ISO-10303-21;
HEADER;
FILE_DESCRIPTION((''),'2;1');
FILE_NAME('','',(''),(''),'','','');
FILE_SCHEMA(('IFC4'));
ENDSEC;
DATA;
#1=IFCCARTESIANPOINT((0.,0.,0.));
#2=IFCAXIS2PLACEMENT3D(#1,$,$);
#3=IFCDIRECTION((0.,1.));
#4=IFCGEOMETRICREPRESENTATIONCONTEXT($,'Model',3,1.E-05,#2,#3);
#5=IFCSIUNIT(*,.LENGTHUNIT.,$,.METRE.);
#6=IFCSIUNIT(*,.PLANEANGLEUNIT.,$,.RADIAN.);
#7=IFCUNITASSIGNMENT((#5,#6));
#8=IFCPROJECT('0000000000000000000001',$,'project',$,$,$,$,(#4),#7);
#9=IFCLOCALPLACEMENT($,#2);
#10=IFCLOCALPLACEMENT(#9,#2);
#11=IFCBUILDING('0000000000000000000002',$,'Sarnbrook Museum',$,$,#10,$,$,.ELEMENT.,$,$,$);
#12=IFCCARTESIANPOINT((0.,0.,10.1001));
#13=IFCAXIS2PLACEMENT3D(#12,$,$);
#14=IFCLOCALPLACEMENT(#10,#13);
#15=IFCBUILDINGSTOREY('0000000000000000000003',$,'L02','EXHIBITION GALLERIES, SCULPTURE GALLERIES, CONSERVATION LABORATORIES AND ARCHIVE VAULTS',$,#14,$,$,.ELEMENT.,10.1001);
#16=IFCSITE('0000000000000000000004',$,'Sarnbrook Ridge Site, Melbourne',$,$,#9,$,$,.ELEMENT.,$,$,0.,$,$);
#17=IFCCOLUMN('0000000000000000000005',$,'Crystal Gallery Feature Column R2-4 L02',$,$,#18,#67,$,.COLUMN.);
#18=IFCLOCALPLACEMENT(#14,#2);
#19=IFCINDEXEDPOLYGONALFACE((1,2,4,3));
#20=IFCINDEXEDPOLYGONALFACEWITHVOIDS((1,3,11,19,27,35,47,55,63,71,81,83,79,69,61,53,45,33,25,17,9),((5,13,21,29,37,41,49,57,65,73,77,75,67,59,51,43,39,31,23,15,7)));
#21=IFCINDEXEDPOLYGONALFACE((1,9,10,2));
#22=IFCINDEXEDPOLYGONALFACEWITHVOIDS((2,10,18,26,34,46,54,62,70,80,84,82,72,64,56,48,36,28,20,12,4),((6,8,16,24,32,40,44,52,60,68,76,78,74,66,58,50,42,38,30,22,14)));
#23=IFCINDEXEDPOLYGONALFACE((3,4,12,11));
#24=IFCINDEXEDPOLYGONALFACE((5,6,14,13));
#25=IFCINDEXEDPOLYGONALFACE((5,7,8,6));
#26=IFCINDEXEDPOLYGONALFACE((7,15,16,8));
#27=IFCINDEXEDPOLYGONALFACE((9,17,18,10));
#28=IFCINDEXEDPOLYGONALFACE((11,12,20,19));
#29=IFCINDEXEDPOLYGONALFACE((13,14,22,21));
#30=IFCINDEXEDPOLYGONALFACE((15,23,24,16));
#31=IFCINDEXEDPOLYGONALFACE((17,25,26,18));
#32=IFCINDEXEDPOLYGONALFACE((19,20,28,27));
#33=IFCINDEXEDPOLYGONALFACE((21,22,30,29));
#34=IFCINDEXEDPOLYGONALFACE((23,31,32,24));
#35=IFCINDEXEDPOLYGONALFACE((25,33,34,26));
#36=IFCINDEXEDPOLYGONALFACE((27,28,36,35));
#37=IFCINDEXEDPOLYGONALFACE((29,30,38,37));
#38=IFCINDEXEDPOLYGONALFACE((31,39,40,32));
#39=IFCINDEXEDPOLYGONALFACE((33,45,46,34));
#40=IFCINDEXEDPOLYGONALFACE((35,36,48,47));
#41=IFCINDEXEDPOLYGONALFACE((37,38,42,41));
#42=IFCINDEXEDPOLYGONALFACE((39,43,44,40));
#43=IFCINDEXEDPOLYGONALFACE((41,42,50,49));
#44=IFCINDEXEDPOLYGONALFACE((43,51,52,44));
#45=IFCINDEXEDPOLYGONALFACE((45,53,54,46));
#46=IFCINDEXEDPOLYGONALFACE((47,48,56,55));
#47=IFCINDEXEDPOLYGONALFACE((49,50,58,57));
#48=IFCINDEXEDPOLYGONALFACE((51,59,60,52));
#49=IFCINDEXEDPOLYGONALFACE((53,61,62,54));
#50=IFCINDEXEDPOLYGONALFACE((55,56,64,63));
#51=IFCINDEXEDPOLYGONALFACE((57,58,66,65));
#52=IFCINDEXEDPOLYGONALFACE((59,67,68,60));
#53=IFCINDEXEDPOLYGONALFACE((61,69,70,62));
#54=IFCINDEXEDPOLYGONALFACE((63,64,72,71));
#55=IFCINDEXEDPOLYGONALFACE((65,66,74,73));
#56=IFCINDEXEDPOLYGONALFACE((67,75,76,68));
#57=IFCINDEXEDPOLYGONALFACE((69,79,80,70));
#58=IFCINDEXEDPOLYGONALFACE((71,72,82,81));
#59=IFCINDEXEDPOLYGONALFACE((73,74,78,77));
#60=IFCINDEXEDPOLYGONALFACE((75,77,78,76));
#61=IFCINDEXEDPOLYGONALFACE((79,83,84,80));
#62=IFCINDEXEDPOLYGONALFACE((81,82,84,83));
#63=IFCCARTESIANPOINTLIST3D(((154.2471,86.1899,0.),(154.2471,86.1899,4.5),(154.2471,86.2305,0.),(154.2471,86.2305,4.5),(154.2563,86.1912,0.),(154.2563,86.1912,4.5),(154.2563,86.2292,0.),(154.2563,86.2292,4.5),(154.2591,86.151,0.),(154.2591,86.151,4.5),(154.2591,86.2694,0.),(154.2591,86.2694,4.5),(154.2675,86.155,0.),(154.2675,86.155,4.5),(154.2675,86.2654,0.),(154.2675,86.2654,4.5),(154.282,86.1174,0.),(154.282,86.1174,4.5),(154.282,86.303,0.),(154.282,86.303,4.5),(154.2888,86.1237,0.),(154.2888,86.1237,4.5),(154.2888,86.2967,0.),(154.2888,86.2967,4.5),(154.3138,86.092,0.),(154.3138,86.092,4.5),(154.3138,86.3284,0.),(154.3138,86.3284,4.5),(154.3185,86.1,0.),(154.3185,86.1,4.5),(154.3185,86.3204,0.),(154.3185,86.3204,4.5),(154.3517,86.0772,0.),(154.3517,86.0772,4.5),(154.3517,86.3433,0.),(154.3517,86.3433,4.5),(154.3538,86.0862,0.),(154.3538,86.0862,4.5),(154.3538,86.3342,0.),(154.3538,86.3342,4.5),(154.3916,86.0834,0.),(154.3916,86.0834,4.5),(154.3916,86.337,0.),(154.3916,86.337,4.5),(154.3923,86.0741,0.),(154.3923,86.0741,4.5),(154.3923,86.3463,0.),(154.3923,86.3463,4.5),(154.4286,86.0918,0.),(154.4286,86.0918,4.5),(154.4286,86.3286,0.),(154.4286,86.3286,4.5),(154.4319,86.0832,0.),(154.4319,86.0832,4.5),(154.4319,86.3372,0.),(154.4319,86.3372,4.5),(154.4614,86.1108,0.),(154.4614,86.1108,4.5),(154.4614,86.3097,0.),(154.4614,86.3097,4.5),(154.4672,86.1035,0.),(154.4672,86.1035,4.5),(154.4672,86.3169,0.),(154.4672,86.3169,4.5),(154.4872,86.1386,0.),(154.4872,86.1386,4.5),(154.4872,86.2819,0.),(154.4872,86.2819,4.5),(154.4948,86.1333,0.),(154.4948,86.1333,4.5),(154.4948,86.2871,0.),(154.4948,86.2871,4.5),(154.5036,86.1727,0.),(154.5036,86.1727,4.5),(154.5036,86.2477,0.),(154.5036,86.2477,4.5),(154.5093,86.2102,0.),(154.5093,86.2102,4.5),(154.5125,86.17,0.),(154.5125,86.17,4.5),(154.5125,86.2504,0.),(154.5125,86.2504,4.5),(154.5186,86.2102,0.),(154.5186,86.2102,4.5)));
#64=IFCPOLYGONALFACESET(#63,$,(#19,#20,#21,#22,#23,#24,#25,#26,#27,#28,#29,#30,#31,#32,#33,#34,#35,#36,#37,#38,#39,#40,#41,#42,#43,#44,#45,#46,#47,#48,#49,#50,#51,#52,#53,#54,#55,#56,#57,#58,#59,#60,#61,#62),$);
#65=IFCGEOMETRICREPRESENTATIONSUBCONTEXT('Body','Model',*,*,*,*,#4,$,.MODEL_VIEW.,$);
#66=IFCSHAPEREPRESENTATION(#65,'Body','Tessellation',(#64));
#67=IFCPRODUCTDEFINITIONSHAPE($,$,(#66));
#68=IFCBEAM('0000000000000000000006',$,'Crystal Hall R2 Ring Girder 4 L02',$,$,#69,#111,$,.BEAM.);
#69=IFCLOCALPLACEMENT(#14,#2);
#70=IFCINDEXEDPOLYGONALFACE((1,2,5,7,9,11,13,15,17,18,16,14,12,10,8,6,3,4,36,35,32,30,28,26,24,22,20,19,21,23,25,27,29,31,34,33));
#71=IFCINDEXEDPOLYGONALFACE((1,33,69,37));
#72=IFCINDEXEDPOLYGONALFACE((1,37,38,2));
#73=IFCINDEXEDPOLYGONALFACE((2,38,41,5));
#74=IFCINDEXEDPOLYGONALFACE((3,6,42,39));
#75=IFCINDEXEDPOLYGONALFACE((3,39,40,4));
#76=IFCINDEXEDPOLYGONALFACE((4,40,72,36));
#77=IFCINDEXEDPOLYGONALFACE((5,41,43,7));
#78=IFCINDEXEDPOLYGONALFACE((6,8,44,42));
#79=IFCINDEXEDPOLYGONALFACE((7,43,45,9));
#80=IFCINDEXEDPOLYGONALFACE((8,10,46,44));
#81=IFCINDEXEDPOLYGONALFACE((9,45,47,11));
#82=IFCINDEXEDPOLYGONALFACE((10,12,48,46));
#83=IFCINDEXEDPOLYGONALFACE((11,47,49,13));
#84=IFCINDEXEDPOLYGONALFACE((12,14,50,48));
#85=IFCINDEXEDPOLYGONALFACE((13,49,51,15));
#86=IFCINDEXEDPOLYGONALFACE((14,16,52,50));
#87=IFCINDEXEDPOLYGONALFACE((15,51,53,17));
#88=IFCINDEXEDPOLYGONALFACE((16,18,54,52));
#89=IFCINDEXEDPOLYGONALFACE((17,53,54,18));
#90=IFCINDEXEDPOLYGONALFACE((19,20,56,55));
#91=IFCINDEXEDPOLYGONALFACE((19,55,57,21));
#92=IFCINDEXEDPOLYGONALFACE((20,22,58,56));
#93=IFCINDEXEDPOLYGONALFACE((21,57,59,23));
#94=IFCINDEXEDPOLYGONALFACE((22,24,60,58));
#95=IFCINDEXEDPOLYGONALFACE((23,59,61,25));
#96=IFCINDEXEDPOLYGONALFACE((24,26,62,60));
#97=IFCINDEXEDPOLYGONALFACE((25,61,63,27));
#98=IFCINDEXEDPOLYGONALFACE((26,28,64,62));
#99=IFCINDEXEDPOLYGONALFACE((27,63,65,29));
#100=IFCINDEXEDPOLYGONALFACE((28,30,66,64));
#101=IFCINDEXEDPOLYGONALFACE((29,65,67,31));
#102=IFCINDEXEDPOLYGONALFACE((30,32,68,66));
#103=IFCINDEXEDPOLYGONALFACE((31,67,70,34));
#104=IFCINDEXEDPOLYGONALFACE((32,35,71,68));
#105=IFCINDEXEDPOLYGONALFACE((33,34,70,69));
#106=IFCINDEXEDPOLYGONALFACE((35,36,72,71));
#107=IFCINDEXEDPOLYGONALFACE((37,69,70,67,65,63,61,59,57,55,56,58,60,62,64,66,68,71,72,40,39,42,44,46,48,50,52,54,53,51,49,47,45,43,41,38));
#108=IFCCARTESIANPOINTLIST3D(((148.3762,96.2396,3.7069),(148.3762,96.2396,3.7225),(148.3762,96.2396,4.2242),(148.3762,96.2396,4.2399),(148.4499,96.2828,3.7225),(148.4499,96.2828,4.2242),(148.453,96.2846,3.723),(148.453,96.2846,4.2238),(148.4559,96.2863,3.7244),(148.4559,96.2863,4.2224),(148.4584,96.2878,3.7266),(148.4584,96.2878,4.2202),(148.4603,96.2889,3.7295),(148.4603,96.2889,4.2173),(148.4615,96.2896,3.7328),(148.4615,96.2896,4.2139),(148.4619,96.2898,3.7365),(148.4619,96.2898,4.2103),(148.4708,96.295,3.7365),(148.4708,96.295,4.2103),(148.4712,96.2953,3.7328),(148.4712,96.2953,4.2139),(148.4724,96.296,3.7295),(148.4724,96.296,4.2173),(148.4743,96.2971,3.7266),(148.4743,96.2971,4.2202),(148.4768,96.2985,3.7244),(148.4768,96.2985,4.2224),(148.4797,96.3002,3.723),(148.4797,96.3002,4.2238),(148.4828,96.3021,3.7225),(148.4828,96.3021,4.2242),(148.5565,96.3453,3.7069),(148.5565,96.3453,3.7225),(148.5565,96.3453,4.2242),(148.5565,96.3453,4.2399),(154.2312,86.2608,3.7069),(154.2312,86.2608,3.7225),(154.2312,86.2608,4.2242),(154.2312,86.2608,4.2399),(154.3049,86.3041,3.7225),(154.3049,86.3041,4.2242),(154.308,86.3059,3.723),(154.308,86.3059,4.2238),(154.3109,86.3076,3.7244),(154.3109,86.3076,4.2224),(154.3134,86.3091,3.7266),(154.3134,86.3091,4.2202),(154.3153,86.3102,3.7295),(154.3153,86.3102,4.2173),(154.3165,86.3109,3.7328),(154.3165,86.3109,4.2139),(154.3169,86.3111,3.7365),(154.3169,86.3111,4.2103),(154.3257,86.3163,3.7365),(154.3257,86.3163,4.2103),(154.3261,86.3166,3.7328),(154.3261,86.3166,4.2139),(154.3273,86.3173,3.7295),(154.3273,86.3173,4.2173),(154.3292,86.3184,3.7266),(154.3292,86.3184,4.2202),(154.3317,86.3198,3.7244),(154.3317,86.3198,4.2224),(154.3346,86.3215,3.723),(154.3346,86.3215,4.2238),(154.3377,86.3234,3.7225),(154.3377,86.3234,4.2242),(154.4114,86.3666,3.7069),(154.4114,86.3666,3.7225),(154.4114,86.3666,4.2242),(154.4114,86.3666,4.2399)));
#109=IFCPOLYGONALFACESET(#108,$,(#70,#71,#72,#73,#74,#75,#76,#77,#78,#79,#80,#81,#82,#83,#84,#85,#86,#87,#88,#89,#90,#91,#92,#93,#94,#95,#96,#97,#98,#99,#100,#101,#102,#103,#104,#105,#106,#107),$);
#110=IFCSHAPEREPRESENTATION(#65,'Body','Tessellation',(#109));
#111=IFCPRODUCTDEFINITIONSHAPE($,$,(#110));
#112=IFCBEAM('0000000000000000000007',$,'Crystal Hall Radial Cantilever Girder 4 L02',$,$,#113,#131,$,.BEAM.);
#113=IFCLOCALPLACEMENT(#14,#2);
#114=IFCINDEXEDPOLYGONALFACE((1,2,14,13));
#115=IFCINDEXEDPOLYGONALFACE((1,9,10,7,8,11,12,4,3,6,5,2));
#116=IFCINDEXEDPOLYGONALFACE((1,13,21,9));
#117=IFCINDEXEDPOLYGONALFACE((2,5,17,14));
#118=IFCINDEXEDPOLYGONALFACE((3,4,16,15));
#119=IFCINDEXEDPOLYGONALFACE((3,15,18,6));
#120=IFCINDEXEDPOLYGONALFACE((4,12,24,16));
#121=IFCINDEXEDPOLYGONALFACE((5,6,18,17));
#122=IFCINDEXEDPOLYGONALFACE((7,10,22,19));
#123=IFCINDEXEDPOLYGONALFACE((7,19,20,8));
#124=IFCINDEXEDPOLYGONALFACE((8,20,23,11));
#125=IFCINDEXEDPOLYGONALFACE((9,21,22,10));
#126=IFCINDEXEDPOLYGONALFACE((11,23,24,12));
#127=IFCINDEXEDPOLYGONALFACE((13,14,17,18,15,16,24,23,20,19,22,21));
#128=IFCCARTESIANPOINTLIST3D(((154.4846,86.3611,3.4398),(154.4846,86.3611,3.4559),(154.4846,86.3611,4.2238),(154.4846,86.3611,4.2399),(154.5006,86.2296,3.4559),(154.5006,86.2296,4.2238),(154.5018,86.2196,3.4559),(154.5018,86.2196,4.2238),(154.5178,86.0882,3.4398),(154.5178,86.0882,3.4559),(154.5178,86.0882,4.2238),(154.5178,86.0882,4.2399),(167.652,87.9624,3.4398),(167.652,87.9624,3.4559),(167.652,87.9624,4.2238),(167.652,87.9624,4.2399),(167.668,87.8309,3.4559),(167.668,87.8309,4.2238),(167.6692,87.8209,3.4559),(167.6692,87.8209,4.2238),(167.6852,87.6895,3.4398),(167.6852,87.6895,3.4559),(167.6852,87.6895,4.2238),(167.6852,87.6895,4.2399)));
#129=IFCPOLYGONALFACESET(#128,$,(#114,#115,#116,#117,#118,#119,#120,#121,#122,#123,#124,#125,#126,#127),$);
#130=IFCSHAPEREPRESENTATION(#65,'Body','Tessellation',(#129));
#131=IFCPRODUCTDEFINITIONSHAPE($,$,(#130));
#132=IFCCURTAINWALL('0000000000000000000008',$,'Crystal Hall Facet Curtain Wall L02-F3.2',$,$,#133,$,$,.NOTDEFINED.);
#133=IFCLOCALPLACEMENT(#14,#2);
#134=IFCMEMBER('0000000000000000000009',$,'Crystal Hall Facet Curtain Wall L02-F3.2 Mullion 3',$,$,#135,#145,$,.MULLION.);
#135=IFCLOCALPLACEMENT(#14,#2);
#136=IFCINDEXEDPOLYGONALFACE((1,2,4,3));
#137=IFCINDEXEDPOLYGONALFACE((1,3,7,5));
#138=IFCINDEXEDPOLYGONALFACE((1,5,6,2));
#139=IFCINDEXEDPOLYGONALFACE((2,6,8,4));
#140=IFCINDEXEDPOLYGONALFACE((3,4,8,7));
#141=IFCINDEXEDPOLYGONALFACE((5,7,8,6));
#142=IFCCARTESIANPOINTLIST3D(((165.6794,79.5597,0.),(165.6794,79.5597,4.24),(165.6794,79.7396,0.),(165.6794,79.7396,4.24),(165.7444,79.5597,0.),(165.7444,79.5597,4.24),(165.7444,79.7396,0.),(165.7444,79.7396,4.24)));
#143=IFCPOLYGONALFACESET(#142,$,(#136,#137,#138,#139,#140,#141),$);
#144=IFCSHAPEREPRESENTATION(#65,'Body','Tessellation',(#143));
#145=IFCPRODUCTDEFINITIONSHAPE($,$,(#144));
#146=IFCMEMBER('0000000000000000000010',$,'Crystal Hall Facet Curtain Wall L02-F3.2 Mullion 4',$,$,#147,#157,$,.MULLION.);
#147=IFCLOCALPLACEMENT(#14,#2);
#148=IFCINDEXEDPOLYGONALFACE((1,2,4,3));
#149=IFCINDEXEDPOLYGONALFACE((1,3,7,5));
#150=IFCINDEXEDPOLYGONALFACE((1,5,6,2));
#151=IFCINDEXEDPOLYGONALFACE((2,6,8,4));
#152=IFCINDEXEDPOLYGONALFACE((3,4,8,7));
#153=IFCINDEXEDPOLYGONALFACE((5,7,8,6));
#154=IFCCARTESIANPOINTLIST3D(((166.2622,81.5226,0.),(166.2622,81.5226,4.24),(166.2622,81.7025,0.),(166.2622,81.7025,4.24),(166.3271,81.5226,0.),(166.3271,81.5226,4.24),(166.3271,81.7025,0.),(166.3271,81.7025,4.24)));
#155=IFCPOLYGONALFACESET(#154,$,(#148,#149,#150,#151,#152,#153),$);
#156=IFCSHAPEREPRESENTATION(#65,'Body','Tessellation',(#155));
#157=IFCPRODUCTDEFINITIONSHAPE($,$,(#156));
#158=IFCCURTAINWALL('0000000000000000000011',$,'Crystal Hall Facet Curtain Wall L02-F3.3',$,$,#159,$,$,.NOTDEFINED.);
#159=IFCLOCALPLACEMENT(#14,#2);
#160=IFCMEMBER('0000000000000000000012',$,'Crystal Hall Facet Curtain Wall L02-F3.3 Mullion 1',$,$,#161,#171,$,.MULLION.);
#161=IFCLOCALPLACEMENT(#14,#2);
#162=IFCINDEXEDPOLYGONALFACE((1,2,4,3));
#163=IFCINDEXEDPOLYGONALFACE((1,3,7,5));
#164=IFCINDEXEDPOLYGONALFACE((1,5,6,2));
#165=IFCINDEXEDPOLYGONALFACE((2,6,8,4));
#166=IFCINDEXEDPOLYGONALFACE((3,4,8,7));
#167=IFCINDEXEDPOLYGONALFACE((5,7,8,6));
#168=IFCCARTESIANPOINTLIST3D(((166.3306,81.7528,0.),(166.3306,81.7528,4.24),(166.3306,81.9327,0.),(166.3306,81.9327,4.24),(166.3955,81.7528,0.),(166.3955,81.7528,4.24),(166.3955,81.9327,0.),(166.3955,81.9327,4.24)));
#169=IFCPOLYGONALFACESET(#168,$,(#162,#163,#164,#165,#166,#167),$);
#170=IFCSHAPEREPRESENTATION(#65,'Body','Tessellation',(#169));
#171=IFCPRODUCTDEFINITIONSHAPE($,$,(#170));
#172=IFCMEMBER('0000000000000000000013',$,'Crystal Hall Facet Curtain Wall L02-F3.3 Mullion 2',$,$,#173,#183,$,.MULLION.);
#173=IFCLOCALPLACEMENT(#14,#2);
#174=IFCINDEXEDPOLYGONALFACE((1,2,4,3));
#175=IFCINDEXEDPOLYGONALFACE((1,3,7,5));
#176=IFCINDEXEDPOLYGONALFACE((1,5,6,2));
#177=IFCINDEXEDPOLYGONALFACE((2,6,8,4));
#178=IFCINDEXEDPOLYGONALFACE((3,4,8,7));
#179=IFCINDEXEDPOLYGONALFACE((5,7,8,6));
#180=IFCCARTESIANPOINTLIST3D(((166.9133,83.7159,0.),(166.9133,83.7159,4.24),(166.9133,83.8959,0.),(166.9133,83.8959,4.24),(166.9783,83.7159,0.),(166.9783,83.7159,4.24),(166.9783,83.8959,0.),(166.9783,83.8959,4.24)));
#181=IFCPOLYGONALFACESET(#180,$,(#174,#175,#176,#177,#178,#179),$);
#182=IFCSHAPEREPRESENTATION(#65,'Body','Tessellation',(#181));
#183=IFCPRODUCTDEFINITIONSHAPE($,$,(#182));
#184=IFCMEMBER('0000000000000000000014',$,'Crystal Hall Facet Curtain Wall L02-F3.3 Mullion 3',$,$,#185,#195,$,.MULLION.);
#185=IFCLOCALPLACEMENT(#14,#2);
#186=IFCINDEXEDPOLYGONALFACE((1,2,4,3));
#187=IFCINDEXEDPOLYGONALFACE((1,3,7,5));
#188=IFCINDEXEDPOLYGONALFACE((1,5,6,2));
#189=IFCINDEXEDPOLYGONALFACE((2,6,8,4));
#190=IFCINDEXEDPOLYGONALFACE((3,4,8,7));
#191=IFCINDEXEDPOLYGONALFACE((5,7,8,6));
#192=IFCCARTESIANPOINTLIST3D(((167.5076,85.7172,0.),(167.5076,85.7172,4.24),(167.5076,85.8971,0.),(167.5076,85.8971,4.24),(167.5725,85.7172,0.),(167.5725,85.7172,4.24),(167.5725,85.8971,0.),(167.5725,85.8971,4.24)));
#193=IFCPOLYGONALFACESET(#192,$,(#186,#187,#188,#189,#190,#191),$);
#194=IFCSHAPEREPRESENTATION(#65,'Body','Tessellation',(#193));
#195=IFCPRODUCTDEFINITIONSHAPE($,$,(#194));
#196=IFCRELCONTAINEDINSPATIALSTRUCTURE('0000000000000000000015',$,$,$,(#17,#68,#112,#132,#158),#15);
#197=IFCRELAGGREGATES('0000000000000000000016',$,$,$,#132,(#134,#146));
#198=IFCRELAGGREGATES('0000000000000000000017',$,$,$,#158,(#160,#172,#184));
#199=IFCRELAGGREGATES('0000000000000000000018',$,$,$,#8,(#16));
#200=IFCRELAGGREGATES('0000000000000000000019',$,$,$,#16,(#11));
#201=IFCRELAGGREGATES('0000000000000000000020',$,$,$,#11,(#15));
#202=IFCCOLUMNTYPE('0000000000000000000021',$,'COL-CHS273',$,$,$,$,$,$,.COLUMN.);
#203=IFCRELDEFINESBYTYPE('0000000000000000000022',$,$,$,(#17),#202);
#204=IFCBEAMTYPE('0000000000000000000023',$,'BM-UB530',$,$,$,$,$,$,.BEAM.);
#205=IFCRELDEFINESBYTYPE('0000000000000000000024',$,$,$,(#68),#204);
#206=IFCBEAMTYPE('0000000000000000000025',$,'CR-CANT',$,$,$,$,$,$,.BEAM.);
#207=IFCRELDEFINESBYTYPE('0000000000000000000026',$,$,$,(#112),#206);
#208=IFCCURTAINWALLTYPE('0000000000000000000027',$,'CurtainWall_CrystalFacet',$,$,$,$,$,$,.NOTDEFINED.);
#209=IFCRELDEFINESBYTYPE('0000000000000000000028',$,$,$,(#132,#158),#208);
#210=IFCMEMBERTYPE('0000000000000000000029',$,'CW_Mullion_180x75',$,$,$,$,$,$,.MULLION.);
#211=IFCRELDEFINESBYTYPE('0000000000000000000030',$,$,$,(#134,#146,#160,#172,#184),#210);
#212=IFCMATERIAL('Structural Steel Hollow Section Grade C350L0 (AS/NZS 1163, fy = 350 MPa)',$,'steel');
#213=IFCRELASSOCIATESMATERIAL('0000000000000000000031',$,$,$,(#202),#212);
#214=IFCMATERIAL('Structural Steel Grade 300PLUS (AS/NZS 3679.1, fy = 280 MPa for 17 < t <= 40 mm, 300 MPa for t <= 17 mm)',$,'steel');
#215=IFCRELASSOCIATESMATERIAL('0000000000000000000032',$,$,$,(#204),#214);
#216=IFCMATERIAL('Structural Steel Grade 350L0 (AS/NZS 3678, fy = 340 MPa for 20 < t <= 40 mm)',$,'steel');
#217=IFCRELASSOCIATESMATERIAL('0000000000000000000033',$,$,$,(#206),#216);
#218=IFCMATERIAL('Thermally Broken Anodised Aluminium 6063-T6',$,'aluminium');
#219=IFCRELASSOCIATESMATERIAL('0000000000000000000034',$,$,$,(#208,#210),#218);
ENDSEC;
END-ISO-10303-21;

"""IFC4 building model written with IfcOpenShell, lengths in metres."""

from ifc_helpers import new_model, si_unit, direction, frame, origin, origin_2d, place, context, subcontext, project, spatial, rectangle, hollow_circle, i_section, extrude, material, material_profile, profile_set, type_object, element, aggregate, save


model = new_model("IFC4")

# Units and contexts
model_context = context("Model", 3, precision=1e-05, world=origin(), true_north=direction((0.0, 1.0)))
body_context = subcontext(model_context, "Body", "Model", "MODEL_VIEW")
ifc_project = project(units=[si_unit("LENGTHUNIT", "METRE"), si_unit("PLANEANGLEUNIT", "RADIAN")], contexts=[model_context])

# Site, building, storey
site_placement = place(None, origin())
site = spatial("IfcSite", under=ifc_project, at=site_placement, Name="Sarnbrook Ridge Site, Melbourne", CompositionType="ELEMENT", RefElevation=0.0)
building_placement = place(site_placement, origin())
building = spatial("IfcBuilding", under=site, at=building_placement, Name="Sarnbrook Museum", CompositionType="ELEMENT")
storey_placement = place(building_placement, frame((0.0, 0.0, 10.1001)))
storey = spatial("IfcBuildingStorey", under=building, at=storey_placement, Name="L02", Description="EXHIBITION GALLERIES, SCULPTURE GALLERIES, CONSERVATION LABORATORIES AND ARCHIVE VAULTS", CompositionType="ELEMENT", Elevation=10.1001)

# Column
ifc_material_1 = material(Name="Structural Steel Hollow Section Grade C350L0 (AS/NZS 1163, fy = 350 MPa)", Category="steel")
ifc_material_profile_1 = material_profile(ifc_material_1, hollow_circle(Radius=0.1365, WallThickness=0.0093, at=origin_2d()), Name="273.1x9.3CHS")
ifc_profile_set_1 = profile_set([ifc_material_profile_1], Name="Structural Steel Hollow Section Grade C350L0 (AS/NZS 1163, fy = 350 MPa)")
column_type = type_object("IfcColumnType", Name="COL-CHS273", PredefinedType="COLUMN", material=ifc_profile_set_1)
column_placement = place(storey_placement, frame((154.3821, 86.2102, 0.0), z_axis=(0.0, 0.0, 1.0), x_axis=(1.0, 0.0, 0.0)))
element("IfcColumn", 1, at=column_placement, inside=storey, type_object=column_type, Name="Crystal Gallery Feature Column R2-4 L02", PredefinedType="COLUMN", context=body_context, shape_type="SweptSolid", body=[
    extrude(hollow_circle(Radius=0.1365, WallThickness=0.0093, at=origin_2d()), origin(), (0.0, 0.0, 1.0), 4.5),
])

# Beams
ifc_material_2 = material(Name="Structural Steel Grade 300PLUS (AS/NZS 3679.1, fy = 280 MPa for 17 < t <= 40 mm, 300 MPa for t <= 17 mm)", Category="steel")
ifc_material_profile_2 = material_profile(ifc_material_2, i_section(OverallWidth=0.209, OverallDepth=0.533, WebThickness=0.0103, FlangeThickness=0.0156, FilletRadius=0.0139, at=origin_2d()), Name="530UB92.4")
ifc_profile_set_2 = profile_set([ifc_material_profile_2], Name="Structural Steel Grade 300PLUS (AS/NZS 3679.1, fy = 280 MPa for 17 < t <= 40 mm, 300 MPa for t <= 17 mm)")
beam_type_1 = type_object("IfcBeamType", Name="BM-UB530", PredefinedType="BEAM", material=ifc_profile_set_2)
beam_1_placement = place(storey_placement, frame((154.3213, 86.3137, 3.9734), z_axis=(-0.506064, 0.862496, 0.0), x_axis=(-0.862496, -0.506064, 0.0)))
element("IfcBeam", 2, at=beam_1_placement, inside=storey, type_object=beam_type_1, Name="Crystal Hall R2 Ring Girder 4 L02", PredefinedType="BEAM", context=body_context, shape_type="SweptSolid", body=[
    extrude(i_section(OverallWidth=0.209, OverallDepth=0.533, WebThickness=0.0103, FlangeThickness=0.0156, FilletRadius=0.0139, at=origin_2d()), origin(), (0.0, 0.0, 1.0), 11.5696),
])
ifc_material_3 = material(Name="Structural Steel Grade 350L0 (AS/NZS 3678, fy = 340 MPa for 20 < t <= 40 mm)", Category="steel")
ifc_material_profile_3 = material_profile(ifc_material_3, i_section(OverallWidth=0.2749, OverallDepth=0.8, WebThickness=0.01, FlangeThickness=0.0161, at=origin_2d()), Name="800WB146")
ifc_profile_set_3 = profile_set([ifc_material_profile_3], Name="Structural Steel Grade 350L0 (AS/NZS 3678, fy = 340 MPa for 20 < t <= 40 mm)")
beam_type_2 = type_object("IfcBeamType", Name="CR-CANT", PredefinedType="BEAM", material=ifc_profile_set_3)
beam_2_placement = place(storey_placement, frame((154.5012, 86.2246, 3.8398), z_axis=(0.992686, 0.120722, 0.0), x_axis=(-0.120722, 0.992686, 0.0)))
element("IfcBeam", 3, at=beam_2_placement, inside=storey, type_object=beam_type_2, Name="Crystal Hall Radial Cantilever Girder 4 L02", PredefinedType="BEAM", context=body_context, shape_type="SweptSolid", body=[
    extrude(i_section(OverallWidth=0.2749, OverallDepth=0.8, WebThickness=0.01, FlangeThickness=0.0161, at=origin_2d()), origin(), (0.0, 0.0, 1.0), 13.2644),
])

# Curtain walls, members
ifc_material_4 = material(Name="Thermally Broken Anodised Aluminium 6063-T6", Category="aluminium")
curtain_wall_type = type_object("IfcCurtainWallType", Name="CurtainWall_CrystalFacet", PredefinedType="NOTDEFINED", material=ifc_material_4)
curtain_wall_1_placement = place(storey_placement, origin())
curtain_wall_1 = element("IfcCurtainWall", 4, at=curtain_wall_1_placement, inside=storey, type_object=curtain_wall_type, Name="Crystal Hall Facet Curtain Wall L02-F3.2", PredefinedType="NOTDEFINED")
ifc_material_profile_4 = material_profile(ifc_material_4, rectangle(XDim=0.0649, YDim=0.1799, at=origin_2d()), Name="ALU MULLION 65x180")
ifc_profile_set_4 = profile_set([ifc_material_profile_4], Name="Thermally Broken Anodised Aluminium 6063-T6")
member_type_1 = type_object("IfcMemberType", Name="CW_Mullion_180x75", PredefinedType="MULLION", material=ifc_profile_set_4)
member_1_placement = place(storey_placement, frame((165.7119, 79.6497, 0.0), z_axis=(0.0, 0.0, 1.0), x_axis=(1.0, 0.0, 0.0)))
member_1 = element("IfcMember", 5, at=member_1_placement, type_object=member_type_1, Name="Crystal Hall Facet Curtain Wall L02-F3.2 Mullion 3", PredefinedType="MULLION", context=body_context, shape_type="SweptSolid", body=[
    extrude(rectangle(XDim=0.0649, YDim=0.1799, at=origin_2d()), origin(), (0.0, 0.0, 1.0), 4.24),
])
member_2_placement = place(storey_placement, frame((166.2947, 81.6125, 0.0), z_axis=(0.0, 0.0, 1.0), x_axis=(1.0, 0.0, 0.0)))
member_2 = element("IfcMember", 6, at=member_2_placement, type_object=member_type_1, Name="Crystal Hall Facet Curtain Wall L02-F3.2 Mullion 4", PredefinedType="MULLION", context=body_context, shape_type="SweptSolid", body=[
    extrude(rectangle(XDim=0.0649, YDim=0.1799, at=origin_2d()), origin(), (0.0, 0.0, 1.0), 4.24),
])
curtain_wall_2_placement = place(storey_placement, origin())
curtain_wall_2 = element("IfcCurtainWall", 7, at=curtain_wall_2_placement, inside=storey, type_object=curtain_wall_type, Name="Crystal Hall Facet Curtain Wall L02-F3.3", PredefinedType="NOTDEFINED")
member_3_placement = place(storey_placement, frame((166.363, 81.8428, 0.0), z_axis=(0.0, 0.0, 1.0), x_axis=(1.0, 0.0, 0.0)))
member_3 = element("IfcMember", 8, at=member_3_placement, type_object=member_type_1, Name="Crystal Hall Facet Curtain Wall L02-F3.3 Mullion 1", PredefinedType="MULLION", context=body_context, shape_type="SweptSolid", body=[
    extrude(rectangle(XDim=0.0649, YDim=0.1799, at=origin_2d()), origin(), (0.0, 0.0, 1.0), 4.24),
])
member_4_placement = place(storey_placement, frame((166.9458, 83.8059, 0.0), z_axis=(0.0, 0.0, 1.0), x_axis=(1.0, 0.0, 0.0)))
member_4 = element("IfcMember", 9, at=member_4_placement, type_object=member_type_1, Name="Crystal Hall Facet Curtain Wall L02-F3.3 Mullion 2", PredefinedType="MULLION", context=body_context, shape_type="SweptSolid", body=[
    extrude(rectangle(XDim=0.0649, YDim=0.1799, at=origin_2d()), origin(), (0.0, 0.0, 1.0), 4.24),
])
member_5_placement = place(storey_placement, frame((167.54, 85.8071, 0.0), z_axis=(0.0, 0.0, 1.0), x_axis=(1.0, 0.0, 0.0)))
member_5 = element("IfcMember", 10, at=member_5_placement, type_object=member_type_1, Name="Crystal Hall Facet Curtain Wall L02-F3.3 Mullion 3", PredefinedType="MULLION", context=body_context, shape_type="SweptSolid", body=[
    extrude(rectangle(XDim=0.0649, YDim=0.1799, at=origin_2d()), origin(), (0.0, 0.0, 1.0), 4.24),
])

aggregate(curtain_wall_1, [member_1, member_2])
aggregate(curtain_wall_2, [member_3, member_4, member_5])

save(model, "model.ifc")
